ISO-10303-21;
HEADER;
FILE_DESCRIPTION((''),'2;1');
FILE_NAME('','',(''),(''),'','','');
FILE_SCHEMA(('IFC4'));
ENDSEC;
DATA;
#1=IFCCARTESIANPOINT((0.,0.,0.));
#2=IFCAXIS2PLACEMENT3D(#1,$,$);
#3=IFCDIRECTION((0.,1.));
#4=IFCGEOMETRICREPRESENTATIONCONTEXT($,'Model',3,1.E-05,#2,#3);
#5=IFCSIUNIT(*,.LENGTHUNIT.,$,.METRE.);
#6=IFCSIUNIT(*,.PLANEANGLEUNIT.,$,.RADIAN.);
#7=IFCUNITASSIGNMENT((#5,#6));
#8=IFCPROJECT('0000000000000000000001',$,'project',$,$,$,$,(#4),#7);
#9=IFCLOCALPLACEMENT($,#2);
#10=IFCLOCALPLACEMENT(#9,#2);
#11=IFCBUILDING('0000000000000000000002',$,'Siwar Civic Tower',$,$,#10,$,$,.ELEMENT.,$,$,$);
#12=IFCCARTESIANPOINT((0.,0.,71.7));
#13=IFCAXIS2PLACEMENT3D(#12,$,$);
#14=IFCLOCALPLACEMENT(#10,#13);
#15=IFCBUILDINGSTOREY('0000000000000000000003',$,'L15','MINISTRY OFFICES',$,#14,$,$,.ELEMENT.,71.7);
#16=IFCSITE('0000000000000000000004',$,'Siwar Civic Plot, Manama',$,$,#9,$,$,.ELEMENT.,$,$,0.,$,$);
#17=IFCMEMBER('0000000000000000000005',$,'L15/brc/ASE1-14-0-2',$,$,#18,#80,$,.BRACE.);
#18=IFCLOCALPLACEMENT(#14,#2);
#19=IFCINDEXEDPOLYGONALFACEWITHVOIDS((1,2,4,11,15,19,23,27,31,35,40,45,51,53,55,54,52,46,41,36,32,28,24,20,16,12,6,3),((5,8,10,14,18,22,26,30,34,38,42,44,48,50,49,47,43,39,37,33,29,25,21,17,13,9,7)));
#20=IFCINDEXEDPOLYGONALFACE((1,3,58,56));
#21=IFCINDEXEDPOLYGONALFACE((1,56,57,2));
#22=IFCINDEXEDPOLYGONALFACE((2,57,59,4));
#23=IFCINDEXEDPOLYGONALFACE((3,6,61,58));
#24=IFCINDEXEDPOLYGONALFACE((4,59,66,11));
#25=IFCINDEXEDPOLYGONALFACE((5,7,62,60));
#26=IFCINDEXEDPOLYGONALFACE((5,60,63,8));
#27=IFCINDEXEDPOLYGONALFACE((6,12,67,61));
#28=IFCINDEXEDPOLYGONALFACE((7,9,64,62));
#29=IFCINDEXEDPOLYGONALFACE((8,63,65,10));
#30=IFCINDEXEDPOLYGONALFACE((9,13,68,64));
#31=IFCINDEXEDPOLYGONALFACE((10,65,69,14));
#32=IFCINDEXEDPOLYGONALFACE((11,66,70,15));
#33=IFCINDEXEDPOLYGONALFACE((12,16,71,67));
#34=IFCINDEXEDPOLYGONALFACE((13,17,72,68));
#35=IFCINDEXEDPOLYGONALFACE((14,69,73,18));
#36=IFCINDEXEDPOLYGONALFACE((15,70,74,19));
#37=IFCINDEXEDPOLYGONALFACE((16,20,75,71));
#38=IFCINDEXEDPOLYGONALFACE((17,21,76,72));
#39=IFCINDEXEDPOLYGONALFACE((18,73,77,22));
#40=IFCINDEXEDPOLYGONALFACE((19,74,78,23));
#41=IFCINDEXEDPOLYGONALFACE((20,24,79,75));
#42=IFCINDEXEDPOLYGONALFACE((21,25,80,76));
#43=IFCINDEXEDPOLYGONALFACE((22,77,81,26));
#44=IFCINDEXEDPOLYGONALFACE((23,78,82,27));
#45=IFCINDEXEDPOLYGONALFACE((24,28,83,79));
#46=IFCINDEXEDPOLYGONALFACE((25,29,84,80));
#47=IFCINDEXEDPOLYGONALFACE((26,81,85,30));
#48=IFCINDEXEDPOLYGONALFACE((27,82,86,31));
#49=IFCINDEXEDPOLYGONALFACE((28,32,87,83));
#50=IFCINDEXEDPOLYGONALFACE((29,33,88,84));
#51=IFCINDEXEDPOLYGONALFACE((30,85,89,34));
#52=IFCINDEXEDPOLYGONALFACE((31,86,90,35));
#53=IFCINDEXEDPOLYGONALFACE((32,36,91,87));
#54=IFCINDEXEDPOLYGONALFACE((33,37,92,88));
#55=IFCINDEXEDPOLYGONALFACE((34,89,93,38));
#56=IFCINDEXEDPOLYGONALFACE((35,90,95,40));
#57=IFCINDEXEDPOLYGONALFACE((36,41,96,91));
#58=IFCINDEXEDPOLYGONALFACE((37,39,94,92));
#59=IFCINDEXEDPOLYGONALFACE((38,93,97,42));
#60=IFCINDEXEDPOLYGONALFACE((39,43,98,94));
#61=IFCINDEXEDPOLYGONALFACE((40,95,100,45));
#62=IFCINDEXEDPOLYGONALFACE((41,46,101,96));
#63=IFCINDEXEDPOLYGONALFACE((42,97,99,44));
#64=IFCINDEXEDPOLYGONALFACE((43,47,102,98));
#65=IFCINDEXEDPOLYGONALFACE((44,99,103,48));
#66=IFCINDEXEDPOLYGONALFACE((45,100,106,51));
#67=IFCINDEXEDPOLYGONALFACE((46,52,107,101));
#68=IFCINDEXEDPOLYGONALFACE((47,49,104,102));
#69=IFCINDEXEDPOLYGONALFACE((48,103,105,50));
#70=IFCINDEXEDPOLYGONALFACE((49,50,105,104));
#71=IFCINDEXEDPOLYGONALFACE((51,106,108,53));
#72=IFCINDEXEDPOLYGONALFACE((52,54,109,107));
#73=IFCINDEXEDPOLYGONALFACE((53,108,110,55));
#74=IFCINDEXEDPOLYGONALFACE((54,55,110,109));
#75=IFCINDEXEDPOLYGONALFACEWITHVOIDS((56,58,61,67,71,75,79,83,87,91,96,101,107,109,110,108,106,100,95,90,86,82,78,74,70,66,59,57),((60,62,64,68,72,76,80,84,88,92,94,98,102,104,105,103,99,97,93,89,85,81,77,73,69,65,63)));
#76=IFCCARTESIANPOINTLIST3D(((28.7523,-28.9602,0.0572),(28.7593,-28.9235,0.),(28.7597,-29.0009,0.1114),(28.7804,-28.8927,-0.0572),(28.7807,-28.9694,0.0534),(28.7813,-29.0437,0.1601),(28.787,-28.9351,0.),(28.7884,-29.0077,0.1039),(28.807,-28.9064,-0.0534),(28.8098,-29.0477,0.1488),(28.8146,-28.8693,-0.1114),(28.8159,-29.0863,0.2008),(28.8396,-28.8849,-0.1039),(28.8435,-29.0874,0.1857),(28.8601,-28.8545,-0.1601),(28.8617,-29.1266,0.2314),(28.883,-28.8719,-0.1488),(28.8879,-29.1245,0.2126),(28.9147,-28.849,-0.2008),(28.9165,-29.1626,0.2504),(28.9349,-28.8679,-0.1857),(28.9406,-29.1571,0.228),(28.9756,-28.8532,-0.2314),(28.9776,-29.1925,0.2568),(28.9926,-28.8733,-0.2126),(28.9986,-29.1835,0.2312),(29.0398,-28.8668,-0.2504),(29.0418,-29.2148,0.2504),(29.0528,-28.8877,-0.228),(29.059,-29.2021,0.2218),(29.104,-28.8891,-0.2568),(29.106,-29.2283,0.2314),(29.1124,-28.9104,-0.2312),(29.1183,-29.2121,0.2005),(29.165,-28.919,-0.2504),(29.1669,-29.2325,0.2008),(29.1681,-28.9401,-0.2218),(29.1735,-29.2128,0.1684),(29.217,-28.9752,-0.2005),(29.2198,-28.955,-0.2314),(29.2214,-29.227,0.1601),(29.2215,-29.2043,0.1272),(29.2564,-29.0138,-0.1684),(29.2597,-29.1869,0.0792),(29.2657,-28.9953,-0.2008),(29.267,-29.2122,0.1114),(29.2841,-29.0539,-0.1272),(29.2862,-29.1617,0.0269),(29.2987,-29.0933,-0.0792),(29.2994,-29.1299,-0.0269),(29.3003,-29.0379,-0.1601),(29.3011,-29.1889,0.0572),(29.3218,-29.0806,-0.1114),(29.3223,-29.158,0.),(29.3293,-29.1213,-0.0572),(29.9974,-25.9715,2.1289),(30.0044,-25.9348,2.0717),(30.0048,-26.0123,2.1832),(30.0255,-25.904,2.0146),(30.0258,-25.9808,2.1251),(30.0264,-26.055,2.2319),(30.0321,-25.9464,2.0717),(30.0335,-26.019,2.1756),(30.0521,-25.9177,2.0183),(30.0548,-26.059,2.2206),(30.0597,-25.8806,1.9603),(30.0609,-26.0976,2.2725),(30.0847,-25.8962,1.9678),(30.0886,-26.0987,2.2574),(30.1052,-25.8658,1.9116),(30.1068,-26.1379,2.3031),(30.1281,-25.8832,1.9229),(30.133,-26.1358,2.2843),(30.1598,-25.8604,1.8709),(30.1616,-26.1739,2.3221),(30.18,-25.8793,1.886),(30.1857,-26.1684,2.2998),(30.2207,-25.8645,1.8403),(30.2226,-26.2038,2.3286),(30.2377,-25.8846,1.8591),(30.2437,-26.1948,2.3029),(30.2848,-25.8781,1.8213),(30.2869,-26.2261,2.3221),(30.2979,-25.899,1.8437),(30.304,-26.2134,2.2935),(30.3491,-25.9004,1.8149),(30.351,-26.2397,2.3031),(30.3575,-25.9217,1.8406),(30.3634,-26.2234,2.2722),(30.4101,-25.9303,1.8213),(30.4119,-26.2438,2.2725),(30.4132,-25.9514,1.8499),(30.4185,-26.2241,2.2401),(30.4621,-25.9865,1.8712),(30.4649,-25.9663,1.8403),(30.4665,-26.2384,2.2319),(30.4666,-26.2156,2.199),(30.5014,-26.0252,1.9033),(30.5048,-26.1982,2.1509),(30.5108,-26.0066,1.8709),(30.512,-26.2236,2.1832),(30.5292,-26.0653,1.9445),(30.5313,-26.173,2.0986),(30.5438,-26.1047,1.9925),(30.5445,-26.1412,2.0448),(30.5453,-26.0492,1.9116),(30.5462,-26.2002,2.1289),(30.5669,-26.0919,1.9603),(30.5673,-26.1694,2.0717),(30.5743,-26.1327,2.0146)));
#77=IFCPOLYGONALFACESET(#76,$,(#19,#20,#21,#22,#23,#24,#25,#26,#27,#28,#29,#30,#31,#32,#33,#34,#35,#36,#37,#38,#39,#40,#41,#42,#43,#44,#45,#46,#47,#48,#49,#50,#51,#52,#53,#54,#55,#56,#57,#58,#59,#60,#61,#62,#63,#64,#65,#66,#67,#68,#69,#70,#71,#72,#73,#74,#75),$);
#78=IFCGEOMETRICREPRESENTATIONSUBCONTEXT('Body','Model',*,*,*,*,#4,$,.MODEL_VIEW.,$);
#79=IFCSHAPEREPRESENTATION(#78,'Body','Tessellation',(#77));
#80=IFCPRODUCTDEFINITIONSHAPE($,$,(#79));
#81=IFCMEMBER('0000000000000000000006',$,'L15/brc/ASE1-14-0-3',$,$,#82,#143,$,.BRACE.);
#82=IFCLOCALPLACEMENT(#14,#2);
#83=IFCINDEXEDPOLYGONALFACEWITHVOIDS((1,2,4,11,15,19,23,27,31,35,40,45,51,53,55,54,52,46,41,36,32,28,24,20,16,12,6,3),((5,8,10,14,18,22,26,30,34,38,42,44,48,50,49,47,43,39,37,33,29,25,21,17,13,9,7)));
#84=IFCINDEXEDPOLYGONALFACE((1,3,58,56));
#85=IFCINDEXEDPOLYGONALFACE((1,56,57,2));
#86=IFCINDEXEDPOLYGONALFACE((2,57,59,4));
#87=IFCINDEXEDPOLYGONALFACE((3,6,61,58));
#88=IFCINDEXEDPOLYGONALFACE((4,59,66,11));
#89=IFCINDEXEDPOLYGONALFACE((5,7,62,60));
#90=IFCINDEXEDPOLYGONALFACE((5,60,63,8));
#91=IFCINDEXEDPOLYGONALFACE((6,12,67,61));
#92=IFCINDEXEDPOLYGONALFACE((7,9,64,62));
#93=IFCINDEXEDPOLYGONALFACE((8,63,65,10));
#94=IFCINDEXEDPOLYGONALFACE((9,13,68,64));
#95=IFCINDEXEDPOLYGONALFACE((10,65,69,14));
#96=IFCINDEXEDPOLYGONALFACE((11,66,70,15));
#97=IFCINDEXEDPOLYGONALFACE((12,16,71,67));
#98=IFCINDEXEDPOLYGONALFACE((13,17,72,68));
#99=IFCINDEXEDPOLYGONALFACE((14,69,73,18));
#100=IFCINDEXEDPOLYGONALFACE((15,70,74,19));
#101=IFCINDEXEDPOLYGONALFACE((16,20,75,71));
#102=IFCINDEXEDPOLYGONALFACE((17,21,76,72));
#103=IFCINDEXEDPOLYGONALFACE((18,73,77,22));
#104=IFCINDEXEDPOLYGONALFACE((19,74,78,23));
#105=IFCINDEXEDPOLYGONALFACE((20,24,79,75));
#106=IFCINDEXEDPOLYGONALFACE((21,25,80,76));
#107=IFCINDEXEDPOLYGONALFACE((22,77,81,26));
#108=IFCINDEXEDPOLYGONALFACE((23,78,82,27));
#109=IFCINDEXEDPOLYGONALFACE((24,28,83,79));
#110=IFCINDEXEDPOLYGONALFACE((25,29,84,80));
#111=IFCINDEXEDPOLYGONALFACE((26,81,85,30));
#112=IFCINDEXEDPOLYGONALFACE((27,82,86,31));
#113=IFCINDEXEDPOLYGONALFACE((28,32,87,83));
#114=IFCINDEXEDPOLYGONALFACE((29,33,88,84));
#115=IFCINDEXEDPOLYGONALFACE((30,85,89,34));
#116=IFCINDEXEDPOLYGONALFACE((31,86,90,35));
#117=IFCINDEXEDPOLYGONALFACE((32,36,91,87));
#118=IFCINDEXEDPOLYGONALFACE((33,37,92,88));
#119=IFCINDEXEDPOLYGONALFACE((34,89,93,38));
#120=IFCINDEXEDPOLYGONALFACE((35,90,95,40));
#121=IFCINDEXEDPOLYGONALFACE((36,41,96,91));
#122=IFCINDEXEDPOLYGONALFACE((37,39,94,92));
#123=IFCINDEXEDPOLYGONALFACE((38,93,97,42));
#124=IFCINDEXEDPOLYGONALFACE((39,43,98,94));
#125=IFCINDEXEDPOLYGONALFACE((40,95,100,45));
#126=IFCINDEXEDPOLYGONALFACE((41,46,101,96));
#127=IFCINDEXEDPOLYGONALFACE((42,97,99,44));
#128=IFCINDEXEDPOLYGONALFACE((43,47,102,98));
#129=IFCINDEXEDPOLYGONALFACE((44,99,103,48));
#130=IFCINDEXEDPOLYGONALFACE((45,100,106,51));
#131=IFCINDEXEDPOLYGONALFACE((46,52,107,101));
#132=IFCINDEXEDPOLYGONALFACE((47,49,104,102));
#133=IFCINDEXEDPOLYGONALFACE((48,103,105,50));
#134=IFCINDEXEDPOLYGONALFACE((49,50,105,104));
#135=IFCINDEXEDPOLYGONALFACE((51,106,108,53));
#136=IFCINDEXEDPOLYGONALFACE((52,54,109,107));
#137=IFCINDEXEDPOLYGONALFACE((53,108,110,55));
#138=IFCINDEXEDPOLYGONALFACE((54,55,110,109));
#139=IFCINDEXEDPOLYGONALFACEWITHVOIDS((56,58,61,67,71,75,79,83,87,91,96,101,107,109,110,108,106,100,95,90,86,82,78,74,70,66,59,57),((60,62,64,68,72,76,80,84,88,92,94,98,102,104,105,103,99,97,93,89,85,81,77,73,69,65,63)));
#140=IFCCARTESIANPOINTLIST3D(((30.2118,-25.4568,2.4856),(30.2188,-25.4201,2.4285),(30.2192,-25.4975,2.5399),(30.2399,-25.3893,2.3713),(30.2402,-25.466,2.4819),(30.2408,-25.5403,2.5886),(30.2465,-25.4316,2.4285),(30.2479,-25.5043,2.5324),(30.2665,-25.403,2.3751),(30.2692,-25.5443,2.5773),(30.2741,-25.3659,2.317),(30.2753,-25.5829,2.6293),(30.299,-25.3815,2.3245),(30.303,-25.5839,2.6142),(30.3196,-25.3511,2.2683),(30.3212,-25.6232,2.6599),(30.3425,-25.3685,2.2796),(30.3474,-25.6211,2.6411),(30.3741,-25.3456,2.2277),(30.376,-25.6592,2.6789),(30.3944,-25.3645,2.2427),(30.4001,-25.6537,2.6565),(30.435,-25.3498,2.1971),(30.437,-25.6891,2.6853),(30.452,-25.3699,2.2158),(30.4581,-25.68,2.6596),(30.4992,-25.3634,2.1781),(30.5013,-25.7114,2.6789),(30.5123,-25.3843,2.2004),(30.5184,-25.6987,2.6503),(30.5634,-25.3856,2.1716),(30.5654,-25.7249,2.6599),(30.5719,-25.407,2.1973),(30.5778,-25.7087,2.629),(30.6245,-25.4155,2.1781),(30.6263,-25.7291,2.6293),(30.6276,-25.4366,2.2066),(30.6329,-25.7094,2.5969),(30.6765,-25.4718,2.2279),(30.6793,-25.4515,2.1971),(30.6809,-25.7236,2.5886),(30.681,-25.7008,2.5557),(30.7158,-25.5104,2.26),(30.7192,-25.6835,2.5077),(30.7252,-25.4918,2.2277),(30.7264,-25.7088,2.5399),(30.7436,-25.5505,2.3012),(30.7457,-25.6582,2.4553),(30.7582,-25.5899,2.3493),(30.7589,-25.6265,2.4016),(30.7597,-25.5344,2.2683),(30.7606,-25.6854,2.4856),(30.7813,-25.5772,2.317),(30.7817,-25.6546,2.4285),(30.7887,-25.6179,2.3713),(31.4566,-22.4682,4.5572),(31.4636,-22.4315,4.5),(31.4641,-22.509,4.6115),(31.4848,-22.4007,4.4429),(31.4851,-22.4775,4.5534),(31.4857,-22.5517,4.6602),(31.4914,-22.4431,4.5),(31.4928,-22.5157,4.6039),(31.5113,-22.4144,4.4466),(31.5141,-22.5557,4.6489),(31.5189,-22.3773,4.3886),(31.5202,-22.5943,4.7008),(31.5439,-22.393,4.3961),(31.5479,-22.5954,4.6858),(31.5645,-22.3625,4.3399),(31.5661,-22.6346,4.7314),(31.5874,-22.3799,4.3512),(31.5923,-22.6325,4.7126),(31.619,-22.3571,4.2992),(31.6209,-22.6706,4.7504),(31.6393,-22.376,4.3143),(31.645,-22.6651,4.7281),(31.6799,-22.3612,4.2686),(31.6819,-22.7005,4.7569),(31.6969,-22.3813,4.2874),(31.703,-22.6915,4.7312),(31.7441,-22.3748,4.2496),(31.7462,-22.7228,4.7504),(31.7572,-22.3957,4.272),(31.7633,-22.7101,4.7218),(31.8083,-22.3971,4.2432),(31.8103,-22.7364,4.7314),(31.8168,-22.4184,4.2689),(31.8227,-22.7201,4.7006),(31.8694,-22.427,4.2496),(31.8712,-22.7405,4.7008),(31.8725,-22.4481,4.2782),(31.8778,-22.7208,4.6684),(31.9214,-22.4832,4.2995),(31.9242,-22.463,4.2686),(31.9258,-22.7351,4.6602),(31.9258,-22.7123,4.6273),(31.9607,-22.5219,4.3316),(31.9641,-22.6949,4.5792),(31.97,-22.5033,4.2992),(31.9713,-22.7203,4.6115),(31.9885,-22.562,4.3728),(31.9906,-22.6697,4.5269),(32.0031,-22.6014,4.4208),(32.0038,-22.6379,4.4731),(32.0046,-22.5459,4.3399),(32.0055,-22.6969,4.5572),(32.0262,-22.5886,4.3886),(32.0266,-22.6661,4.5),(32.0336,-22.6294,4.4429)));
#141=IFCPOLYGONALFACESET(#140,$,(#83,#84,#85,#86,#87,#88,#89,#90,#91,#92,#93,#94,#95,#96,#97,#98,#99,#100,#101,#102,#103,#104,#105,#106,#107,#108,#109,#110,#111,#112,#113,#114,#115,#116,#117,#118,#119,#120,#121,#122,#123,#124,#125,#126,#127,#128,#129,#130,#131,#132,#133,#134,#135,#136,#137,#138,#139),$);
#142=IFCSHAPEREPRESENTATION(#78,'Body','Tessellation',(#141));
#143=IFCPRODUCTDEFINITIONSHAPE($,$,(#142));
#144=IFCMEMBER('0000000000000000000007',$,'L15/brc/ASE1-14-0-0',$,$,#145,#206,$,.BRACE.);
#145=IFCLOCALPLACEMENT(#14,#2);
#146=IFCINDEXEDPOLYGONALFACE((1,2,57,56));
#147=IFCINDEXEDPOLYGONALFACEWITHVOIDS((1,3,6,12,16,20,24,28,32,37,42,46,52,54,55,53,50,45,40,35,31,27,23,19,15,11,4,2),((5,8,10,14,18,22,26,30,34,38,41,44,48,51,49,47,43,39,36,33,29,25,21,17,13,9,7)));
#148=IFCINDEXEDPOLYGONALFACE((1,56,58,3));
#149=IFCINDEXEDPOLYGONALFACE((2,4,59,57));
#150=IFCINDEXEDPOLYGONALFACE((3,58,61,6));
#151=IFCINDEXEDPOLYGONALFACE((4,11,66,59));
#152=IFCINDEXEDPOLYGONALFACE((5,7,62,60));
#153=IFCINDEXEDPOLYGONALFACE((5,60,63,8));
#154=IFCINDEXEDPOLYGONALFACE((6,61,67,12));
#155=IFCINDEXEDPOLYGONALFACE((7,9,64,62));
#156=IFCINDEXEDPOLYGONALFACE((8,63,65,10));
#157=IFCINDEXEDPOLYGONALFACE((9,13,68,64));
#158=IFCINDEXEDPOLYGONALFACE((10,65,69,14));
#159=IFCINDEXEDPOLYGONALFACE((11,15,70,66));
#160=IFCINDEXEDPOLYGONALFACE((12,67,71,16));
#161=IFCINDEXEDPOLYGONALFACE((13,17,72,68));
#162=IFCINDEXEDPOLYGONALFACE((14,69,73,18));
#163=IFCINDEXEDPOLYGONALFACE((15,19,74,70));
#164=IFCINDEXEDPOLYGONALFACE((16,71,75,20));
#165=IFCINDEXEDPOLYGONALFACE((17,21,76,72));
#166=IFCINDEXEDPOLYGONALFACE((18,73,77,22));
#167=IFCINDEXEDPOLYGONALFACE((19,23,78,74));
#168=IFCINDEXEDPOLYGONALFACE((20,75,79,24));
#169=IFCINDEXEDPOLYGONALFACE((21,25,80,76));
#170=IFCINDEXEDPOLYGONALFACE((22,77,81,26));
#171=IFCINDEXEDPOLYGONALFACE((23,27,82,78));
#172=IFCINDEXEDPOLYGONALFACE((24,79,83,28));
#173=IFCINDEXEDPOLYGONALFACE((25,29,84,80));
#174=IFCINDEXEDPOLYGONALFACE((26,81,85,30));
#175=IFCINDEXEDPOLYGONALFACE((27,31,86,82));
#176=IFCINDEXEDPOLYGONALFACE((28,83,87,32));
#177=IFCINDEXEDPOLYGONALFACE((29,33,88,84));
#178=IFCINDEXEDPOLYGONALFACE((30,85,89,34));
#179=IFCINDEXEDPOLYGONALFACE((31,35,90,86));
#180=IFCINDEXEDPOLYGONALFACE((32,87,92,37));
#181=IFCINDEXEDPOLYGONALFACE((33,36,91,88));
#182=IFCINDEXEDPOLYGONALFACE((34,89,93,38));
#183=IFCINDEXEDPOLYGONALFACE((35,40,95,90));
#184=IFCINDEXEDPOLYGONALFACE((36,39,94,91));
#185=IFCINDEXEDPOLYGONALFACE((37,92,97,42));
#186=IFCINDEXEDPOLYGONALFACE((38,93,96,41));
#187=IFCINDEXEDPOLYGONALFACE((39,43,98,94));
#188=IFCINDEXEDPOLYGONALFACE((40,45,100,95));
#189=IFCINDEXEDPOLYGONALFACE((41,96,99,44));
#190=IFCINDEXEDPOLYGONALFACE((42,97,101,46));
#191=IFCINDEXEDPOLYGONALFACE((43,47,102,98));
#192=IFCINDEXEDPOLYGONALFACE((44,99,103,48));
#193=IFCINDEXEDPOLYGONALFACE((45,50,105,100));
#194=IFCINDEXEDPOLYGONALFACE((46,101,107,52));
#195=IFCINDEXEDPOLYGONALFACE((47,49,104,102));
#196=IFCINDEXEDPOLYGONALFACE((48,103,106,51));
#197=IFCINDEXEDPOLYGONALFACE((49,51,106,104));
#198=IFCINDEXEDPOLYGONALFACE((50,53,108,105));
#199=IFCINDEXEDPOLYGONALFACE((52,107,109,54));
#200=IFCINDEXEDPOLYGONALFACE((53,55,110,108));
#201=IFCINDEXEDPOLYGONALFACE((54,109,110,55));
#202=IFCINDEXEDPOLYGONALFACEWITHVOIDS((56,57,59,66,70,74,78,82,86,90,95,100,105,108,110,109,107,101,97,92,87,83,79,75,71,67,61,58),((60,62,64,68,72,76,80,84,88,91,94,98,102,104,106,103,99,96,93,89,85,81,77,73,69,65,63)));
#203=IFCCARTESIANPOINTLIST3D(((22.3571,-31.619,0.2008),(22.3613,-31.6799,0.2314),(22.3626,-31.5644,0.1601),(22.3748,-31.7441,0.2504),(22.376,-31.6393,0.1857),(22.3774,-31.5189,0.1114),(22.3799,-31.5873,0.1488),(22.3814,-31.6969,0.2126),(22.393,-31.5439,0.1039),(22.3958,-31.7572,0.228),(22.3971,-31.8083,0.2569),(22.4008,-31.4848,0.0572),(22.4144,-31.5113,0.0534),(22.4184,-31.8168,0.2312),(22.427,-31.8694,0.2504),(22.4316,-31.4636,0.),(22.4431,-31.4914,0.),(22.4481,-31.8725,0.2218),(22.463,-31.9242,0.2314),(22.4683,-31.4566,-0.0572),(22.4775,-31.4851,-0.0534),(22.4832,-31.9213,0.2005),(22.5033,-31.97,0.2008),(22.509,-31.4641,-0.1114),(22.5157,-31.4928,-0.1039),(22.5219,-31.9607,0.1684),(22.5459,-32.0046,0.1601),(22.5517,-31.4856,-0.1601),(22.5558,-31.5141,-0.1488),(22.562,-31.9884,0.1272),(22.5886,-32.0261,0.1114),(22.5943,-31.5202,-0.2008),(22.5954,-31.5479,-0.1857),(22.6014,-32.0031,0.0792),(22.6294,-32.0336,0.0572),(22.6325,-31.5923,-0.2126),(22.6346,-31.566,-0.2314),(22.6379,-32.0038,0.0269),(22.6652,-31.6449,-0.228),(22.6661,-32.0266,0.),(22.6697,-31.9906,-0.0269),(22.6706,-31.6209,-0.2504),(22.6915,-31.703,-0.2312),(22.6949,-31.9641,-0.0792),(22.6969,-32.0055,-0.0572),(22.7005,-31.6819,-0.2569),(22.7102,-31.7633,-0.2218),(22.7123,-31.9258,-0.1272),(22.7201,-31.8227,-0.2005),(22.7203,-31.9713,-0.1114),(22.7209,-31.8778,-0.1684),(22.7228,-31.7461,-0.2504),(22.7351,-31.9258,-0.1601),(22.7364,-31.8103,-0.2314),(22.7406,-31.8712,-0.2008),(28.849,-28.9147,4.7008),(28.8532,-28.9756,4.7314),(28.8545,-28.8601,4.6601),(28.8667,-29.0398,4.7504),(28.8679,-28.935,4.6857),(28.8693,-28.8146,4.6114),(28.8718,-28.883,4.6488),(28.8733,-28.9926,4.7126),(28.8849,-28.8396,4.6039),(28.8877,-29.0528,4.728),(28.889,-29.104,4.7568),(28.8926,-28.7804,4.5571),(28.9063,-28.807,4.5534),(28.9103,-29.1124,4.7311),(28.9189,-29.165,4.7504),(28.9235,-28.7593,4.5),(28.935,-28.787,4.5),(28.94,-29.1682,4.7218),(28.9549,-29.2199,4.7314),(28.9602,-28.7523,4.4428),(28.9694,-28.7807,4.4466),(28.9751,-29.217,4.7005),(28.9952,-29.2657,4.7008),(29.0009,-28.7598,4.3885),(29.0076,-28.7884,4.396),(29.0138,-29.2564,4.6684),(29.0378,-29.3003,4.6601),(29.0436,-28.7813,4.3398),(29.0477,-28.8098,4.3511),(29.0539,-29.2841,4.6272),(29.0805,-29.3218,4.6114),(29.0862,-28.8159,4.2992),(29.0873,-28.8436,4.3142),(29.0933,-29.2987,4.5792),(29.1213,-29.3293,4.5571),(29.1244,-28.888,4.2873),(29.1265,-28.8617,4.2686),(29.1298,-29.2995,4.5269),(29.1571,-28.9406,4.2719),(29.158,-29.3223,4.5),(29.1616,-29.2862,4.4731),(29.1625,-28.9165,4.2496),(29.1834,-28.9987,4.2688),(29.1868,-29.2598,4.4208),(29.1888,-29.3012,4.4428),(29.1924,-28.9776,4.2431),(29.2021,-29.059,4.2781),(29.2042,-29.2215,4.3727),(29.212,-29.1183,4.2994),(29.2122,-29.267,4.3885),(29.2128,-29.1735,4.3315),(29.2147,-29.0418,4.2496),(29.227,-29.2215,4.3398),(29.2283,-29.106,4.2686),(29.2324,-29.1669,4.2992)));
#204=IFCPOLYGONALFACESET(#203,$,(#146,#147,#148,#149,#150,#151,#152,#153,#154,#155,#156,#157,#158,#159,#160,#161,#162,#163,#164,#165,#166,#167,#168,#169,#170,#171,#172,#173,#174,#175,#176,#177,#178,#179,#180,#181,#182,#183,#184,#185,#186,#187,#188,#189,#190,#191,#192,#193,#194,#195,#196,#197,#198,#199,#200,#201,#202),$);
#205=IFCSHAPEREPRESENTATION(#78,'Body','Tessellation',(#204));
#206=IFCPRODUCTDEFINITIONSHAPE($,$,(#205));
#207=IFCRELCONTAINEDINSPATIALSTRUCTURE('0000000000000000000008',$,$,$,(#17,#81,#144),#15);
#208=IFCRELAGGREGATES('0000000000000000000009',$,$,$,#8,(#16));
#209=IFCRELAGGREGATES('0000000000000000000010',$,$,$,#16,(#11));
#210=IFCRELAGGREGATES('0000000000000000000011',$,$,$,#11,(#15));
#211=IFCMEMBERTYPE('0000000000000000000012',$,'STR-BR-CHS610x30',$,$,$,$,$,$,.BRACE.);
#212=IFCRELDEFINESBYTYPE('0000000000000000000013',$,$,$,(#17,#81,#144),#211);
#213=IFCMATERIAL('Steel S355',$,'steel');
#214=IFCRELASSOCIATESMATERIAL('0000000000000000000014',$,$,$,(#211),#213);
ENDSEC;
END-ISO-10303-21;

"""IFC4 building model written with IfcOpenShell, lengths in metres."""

from ifc_helpers import new_model, si_unit, direction, frame, origin, origin_2d, place, context, subcontext, project, spatial, hollow_circle, extrude, material, material_profile, profile_set, type_object, element, save


model = new_model("IFC4")

# Units and contexts
model_context = context("Model", 3, precision=1e-05, world=origin(), true_north=direction((0.0, 1.0)))
body_context = subcontext(model_context, "Body", "Model", "MODEL_VIEW")
ifc_project = project(units=[si_unit("LENGTHUNIT", "METRE"), si_unit("PLANEANGLEUNIT", "RADIAN")], contexts=[model_context])

# Site, building, storey
site_placement = place(None, origin())
site = spatial("IfcSite", under=ifc_project, at=site_placement, Name="Siwar Civic Plot, Manama", CompositionType="ELEMENT", RefElevation=0.0)
building_placement = place(site_placement, origin())
building = spatial("IfcBuilding", under=site, at=building_placement, Name="Siwar Civic Tower", CompositionType="ELEMENT")
storey_placement = place(building_placement, frame((0.0, 0.0, 71.7)))
storey = spatial("IfcBuildingStorey", under=building, at=storey_placement, Name="L15", Description="MINISTRY OFFICES", CompositionType="ELEMENT", Elevation=71.7)

# Members
ifc_material_1 = material(Name="Steel S355", Category="steel")
ifc_material_profile_1 = material_profile(ifc_material_1, hollow_circle(Radius=0.3049, WallThickness=0.03, at=origin_2d()), Name="CHS610x30")
ifc_profile_set_1 = profile_set([ifc_material_profile_1], Name="Steel S355")
member_type_1 = type_object("IfcMemberType", Name="STR-BR-CHS610x30", PredefinedType="BRACE", material=ifc_profile_set_1)
member_1_placement = place(storey_placement, frame((29.0408, -29.0408, 0.0), z_axis=(0.323923, 0.777542, 0.538982), x_axis=(-0.923099, 0.384562, 0.0)))
element("IfcMember", 1, at=member_1_placement, inside=storey, type_object=member_type_1, Name="L15/brc/ASE1-14-0-2", PredefinedType="BRACE", context=body_context, shape_type="SweptSolid", body=[
    extrude(hollow_circle(Radius=0.3049, WallThickness=0.03, at=origin_2d()), origin(), (0.0, 0.0, 1.0), 3.8438),
])
member_2_placement = place(storey_placement, frame((30.5002, -25.5374, 2.4285), z_axis=(0.323893, 0.77756, 0.538975), x_axis=(-0.923115, 0.384524, 0.0)))
element("IfcMember", 2, at=member_2_placement, inside=storey, type_object=member_type_1, Name="L15/brc/ASE1-14-0-3", PredefinedType="BRACE", context=body_context, shape_type="SweptSolid", body=[
    extrude(hollow_circle(Radius=0.3049, WallThickness=0.03, at=origin_2d()), origin(), (0.0, 0.0, 1.0), 3.8435),
])
member_3_placement = place(storey_placement, frame((22.5488, -31.7451, 0.0), z_axis=(0.777555, 0.323906, 0.538975), x_axis=(-0.384539, 0.923109, 0.0)))
element("IfcMember", 3, at=member_3_placement, inside=storey, type_object=member_type_1, Name="L15/brc/ASE1-14-0-0", PredefinedType="BRACE", context=body_context, shape_type="SweptSolid", body=[
    extrude(hollow_circle(Radius=0.3049, WallThickness=0.03, at=origin_2d()), origin(), (0.0, 0.0, 1.0), 8.3491),
])

save(model, "model.ifc")
